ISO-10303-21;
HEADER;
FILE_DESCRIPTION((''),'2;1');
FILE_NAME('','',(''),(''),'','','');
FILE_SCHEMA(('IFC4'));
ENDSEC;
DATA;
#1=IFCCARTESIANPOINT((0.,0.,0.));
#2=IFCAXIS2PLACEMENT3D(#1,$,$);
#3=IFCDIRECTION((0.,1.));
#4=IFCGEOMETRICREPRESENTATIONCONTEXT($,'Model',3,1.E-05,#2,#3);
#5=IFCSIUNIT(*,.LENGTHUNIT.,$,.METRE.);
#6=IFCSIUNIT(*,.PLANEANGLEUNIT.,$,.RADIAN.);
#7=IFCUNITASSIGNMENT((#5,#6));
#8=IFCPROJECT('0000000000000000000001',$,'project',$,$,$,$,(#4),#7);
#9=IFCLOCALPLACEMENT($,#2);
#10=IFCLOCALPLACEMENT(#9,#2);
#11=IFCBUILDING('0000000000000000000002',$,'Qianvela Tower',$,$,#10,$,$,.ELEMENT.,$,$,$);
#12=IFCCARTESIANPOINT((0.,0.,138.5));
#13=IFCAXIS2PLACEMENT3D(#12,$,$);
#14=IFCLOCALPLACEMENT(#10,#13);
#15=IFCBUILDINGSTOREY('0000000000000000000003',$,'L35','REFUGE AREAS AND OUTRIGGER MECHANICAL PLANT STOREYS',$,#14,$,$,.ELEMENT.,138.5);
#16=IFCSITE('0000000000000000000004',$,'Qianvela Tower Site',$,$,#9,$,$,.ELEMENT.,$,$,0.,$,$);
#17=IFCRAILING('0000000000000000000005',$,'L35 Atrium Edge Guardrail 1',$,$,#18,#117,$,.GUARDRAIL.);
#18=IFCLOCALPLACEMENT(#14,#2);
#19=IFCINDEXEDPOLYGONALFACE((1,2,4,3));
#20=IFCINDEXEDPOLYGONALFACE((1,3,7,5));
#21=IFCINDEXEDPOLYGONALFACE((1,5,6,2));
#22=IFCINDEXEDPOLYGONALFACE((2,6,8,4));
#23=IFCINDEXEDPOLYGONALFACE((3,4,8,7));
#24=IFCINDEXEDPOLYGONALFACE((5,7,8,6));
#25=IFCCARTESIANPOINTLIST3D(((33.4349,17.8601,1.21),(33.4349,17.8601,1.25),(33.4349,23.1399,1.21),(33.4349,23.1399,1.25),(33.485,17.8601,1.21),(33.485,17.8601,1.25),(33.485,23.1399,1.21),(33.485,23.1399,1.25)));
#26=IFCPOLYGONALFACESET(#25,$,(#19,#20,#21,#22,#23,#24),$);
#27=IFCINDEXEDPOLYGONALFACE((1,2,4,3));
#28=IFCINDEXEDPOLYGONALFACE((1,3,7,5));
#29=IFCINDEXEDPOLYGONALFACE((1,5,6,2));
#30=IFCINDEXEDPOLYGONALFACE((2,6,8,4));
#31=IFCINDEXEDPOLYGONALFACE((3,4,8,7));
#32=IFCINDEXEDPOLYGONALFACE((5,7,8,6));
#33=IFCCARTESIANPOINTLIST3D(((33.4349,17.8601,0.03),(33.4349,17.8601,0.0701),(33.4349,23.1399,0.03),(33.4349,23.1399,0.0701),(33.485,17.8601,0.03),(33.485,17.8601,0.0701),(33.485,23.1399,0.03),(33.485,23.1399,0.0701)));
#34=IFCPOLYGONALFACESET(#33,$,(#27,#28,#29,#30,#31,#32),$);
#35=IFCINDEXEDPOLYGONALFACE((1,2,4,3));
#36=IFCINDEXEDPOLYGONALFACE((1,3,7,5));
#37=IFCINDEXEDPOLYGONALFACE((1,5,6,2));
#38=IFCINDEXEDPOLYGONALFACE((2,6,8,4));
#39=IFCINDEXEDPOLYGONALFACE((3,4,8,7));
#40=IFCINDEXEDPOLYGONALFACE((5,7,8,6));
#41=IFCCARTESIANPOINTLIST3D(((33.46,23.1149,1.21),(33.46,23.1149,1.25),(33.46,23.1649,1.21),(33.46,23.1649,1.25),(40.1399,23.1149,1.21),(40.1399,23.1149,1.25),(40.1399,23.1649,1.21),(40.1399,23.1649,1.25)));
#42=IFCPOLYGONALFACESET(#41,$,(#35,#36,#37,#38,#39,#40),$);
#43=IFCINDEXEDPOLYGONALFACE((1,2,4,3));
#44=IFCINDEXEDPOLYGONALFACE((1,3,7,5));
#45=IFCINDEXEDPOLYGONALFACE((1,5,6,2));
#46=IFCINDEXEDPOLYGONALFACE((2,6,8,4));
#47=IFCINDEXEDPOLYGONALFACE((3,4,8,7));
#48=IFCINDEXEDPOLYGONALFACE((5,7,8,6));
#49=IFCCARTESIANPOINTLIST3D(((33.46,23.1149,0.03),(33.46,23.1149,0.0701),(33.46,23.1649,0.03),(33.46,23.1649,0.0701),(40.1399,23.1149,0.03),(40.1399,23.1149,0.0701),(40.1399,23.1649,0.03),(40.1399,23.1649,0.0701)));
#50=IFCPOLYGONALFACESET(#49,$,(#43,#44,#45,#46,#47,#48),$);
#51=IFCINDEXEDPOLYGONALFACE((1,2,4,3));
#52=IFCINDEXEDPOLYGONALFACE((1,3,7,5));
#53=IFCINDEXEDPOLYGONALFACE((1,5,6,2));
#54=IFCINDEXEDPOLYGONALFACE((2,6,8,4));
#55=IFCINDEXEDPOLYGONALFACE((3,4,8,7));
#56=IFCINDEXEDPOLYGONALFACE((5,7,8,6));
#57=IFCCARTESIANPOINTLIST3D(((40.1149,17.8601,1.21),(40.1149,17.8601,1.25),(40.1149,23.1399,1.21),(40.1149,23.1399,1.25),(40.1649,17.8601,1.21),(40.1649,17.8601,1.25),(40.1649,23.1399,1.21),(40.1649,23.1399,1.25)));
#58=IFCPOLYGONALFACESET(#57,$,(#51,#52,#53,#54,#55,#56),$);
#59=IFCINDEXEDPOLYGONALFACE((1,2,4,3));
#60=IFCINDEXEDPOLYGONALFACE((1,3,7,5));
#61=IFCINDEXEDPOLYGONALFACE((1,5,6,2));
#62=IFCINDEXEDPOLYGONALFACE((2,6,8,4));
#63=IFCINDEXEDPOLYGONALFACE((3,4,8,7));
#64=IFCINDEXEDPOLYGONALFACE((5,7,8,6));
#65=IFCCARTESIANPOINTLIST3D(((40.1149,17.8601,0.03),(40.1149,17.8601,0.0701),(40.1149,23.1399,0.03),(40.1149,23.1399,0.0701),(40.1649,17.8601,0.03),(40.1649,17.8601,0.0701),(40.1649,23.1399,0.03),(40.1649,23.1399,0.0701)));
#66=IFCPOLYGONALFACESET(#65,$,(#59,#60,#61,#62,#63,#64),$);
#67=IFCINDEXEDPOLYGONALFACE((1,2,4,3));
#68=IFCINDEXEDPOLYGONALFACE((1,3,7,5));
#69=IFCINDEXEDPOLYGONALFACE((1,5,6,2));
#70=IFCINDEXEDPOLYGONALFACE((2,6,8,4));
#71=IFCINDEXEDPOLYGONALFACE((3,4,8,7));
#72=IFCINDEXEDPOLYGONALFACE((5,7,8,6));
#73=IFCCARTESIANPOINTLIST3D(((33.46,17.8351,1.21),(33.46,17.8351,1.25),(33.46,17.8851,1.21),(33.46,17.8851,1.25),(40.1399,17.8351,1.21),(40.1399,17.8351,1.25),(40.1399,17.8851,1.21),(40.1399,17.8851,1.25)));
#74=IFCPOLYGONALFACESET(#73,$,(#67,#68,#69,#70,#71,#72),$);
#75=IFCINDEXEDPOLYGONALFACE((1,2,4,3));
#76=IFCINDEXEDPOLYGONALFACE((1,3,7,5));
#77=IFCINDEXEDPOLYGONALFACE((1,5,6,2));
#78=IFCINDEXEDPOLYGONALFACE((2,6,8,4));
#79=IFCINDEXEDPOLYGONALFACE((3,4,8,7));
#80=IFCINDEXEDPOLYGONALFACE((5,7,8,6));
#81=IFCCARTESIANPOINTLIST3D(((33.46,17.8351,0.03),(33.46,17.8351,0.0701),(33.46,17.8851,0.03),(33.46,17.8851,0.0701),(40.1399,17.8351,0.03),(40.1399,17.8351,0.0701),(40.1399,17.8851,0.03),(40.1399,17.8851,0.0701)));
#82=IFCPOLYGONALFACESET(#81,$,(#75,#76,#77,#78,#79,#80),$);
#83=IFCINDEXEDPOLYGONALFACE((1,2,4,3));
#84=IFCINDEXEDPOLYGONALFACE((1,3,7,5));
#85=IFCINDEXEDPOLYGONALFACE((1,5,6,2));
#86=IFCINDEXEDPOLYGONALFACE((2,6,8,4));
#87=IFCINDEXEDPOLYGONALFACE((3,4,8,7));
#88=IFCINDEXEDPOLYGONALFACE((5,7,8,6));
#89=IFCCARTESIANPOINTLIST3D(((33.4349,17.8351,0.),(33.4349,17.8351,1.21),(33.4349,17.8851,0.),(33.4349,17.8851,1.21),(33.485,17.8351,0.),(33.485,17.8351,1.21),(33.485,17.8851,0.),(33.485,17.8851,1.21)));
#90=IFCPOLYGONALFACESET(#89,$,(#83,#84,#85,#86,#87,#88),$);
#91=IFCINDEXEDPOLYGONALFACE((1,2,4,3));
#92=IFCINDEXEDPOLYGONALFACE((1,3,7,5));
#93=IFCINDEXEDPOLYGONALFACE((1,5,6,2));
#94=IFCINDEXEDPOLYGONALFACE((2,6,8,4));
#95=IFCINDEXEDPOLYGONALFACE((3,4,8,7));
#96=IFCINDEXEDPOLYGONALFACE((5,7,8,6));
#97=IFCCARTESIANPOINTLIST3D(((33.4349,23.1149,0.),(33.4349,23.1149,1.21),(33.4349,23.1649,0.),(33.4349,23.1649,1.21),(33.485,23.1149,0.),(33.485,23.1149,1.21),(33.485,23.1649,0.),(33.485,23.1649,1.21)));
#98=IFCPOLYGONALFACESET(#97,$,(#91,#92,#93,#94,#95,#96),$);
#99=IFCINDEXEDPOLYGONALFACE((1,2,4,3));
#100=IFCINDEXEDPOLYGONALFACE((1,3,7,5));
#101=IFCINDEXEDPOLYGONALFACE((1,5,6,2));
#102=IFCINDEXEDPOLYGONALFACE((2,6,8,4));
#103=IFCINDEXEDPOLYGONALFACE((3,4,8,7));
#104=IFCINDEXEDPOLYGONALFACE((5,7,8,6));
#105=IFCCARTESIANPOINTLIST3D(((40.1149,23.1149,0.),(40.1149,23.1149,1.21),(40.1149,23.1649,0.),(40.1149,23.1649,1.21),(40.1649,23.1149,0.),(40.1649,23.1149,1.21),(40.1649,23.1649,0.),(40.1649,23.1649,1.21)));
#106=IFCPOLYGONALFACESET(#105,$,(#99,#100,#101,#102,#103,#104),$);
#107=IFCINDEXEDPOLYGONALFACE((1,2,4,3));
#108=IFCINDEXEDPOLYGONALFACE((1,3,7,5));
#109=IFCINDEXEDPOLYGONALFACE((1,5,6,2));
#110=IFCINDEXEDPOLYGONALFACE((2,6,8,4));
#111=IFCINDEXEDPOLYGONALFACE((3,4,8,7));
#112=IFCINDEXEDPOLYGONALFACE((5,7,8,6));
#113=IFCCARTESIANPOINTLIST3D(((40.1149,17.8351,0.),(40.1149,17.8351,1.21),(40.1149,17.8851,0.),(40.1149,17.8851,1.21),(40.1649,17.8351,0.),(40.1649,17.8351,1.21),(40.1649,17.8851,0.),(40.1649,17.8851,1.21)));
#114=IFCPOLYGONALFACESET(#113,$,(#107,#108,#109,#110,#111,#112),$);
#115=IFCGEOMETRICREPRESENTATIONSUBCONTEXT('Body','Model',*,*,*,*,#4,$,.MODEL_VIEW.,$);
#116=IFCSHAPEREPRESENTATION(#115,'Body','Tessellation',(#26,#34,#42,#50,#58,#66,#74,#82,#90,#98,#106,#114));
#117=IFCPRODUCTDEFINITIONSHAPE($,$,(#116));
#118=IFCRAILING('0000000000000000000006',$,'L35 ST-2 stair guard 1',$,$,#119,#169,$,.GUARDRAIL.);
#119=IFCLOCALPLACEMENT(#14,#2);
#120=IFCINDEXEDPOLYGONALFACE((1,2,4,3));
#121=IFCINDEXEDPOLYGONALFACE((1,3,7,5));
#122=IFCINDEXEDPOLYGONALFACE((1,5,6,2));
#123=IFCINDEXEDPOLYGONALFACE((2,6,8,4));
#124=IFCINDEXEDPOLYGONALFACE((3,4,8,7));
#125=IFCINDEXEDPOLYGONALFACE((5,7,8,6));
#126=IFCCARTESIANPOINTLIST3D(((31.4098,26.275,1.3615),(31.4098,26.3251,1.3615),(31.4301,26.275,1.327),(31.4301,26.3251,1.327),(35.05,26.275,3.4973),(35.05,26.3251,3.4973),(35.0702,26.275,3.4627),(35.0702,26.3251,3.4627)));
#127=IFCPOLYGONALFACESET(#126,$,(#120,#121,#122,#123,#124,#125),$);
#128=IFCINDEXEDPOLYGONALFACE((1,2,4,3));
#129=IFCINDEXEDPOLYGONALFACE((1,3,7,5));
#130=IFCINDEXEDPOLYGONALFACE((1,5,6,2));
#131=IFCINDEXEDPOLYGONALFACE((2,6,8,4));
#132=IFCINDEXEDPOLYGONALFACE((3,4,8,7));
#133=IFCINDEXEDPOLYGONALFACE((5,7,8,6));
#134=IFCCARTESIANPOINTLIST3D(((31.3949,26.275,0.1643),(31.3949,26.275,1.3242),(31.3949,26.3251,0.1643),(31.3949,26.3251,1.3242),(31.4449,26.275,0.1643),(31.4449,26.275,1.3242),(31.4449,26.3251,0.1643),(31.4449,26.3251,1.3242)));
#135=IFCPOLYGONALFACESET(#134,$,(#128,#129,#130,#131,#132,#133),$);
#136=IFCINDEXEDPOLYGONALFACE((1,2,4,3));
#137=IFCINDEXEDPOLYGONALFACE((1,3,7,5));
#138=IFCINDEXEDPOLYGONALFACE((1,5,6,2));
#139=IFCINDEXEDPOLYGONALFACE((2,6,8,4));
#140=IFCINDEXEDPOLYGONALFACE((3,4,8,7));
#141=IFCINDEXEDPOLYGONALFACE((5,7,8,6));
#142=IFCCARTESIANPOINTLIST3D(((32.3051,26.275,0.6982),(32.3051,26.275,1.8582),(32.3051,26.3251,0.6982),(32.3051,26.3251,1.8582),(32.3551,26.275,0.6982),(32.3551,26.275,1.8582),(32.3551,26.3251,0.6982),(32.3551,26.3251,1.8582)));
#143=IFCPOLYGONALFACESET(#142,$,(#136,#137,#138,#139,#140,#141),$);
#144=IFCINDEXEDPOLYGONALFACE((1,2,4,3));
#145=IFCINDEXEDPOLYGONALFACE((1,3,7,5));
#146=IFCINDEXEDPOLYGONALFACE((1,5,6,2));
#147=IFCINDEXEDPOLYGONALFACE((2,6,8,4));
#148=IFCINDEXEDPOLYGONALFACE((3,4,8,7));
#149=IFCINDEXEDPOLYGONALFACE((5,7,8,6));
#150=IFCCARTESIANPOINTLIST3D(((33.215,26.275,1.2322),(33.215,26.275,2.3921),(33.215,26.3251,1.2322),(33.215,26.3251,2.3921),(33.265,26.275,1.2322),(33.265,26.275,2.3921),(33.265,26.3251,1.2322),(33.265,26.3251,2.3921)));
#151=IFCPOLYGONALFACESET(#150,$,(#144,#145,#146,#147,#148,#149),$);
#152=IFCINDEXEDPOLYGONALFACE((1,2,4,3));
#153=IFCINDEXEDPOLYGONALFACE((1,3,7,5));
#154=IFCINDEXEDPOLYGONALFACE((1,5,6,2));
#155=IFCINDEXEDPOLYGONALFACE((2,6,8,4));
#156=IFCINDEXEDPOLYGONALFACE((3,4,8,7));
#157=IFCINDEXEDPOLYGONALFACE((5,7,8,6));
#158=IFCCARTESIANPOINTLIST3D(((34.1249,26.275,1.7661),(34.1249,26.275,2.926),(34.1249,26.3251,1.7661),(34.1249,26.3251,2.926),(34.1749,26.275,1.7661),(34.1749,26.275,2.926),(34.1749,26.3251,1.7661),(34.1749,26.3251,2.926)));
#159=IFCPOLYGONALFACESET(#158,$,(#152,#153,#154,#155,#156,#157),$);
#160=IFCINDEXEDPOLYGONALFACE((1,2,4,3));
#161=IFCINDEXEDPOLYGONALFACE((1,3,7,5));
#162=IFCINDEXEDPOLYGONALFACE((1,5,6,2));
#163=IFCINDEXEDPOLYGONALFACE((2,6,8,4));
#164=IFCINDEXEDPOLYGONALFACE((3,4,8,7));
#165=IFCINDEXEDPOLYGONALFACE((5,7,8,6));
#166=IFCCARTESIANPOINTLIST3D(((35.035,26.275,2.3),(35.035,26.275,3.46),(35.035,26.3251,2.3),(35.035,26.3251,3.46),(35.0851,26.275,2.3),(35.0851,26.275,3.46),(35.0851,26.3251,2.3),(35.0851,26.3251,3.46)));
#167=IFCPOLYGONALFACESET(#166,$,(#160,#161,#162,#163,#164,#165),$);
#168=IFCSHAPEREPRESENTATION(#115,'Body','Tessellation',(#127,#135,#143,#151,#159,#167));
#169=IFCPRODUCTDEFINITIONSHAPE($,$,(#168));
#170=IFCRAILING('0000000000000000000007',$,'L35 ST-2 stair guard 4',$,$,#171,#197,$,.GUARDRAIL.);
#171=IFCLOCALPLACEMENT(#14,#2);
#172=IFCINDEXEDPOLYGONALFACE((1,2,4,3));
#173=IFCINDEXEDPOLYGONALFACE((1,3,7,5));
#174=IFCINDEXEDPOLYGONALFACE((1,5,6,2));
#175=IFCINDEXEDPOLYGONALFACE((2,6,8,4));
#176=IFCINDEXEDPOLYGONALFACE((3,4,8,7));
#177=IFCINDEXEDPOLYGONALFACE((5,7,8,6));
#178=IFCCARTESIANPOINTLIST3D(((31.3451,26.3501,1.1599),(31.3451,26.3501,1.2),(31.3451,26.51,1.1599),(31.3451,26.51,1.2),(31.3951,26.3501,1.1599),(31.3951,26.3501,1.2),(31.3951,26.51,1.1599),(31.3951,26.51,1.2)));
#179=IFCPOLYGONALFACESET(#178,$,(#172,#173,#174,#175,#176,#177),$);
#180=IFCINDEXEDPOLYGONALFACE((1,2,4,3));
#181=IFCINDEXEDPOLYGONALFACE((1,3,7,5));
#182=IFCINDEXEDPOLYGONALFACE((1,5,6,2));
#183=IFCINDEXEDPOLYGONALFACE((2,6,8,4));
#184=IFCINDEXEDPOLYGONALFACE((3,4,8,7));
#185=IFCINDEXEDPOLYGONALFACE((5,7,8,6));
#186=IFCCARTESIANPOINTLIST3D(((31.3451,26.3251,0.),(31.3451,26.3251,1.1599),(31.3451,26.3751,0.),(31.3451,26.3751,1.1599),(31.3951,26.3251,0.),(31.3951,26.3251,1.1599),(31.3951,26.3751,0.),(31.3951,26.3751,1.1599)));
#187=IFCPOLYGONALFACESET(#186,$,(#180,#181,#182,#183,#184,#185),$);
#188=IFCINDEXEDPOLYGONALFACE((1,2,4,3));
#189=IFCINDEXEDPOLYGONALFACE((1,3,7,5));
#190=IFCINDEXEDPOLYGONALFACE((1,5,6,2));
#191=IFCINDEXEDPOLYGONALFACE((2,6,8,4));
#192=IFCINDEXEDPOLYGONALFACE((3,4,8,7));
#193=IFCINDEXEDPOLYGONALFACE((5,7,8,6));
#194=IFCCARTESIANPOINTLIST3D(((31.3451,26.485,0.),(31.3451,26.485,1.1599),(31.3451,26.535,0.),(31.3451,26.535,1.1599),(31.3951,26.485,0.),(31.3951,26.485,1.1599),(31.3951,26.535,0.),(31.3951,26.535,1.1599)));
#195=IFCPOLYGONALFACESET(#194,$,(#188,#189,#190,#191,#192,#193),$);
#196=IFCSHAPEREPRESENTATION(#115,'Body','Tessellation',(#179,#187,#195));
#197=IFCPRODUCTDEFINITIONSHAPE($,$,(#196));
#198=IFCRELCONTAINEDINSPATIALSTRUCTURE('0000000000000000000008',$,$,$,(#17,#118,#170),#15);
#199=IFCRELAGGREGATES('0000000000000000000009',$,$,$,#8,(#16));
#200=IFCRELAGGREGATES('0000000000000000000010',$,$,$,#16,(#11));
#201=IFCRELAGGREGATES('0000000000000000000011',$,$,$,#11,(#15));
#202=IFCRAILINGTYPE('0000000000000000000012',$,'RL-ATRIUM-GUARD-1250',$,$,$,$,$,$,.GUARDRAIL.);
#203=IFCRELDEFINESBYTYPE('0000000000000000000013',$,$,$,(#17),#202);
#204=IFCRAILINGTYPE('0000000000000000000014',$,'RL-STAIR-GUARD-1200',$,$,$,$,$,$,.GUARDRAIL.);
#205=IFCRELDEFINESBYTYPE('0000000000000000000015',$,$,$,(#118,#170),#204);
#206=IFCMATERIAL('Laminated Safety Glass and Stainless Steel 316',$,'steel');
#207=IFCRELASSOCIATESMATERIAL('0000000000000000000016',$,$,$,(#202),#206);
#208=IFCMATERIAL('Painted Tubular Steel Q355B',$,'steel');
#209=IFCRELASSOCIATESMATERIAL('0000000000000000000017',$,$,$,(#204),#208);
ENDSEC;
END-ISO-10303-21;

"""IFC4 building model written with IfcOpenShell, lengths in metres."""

from ifc_helpers import new_model, si_unit, direction, frame, origin, origin_2d, place, context, subcontext, project, spatial, rectangle, extrude, material, type_object, element, save


model = new_model("IFC4")

# Units and contexts
model_context = context("Model", 3, precision=1e-05, world=origin(), true_north=direction((0.0, 1.0)))
body_context = subcontext(model_context, "Body", "Model", "MODEL_VIEW")
ifc_project = project(units=[si_unit("LENGTHUNIT", "METRE"), si_unit("PLANEANGLEUNIT", "RADIAN")], contexts=[model_context])

# Site, building, storey
site_placement = place(None, origin())
site = spatial("IfcSite", under=ifc_project, at=site_placement, Name="Qianvela Tower Site", CompositionType="ELEMENT", RefElevation=0.0)
building_placement = place(site_placement, origin())
building = spatial("IfcBuilding", under=site, at=building_placement, Name="Qianvela Tower", CompositionType="ELEMENT")
storey_placement = place(building_placement, frame((0.0, 0.0, 138.5)))
storey = spatial("IfcBuildingStorey", under=building, at=storey_placement, Name="L35", Description="REFUGE AREAS AND OUTRIGGER MECHANICAL PLANT STOREYS", CompositionType="ELEMENT", Elevation=138.5)

# Railings
ifc_material_1 = material(Name="Laminated Safety Glass and Stainless Steel 316", Category="steel")
railing_type_1 = type_object("IfcRailingType", Name="RL-ATRIUM-GUARD-1250", PredefinedType="GUARDRAIL", material=ifc_material_1)
railing_1_placement = place(storey_placement, frame((33.46, 17.8601, 0.0)))
element("IfcRailing", 1, at=railing_1_placement, inside=storey, type_object=railing_type_1, Name="L35 Atrium Edge Guardrail 1", PredefinedType="GUARDRAIL", context=body_context, shape_type="SweptSolid", body=[
    extrude(rectangle(XDim=0.05, YDim=0.04, at=origin_2d()), frame((0.0, 0.0, 1.23), z_axis=(0.0, 1.0, 0.0), x_axis=(-1.0, 0.0, 0.0)), (0.0, 0.0, 1.0), 5.2798),
    extrude(rectangle(XDim=0.05, YDim=0.04, at=origin_2d()), frame((0.0, 0.0, 0.05), z_axis=(0.0, 1.0, 0.0), x_axis=(-1.0, 0.0, 0.0)), (0.0, 0.0, 1.0), 5.2798),
    extrude(rectangle(XDim=0.05, YDim=0.04, at=origin_2d()), frame((0.0, 5.2798, 1.23), z_axis=(1.0, 0.0, 0.0), x_axis=(0.0, 1.0, 0.0)), (0.0, 0.0, 1.0), 6.6799),
    extrude(rectangle(XDim=0.05, YDim=0.04, at=origin_2d()), frame((0.0, 5.2798, 0.05), z_axis=(1.0, 0.0, 0.0), x_axis=(0.0, 1.0, 0.0)), (0.0, 0.0, 1.0), 6.6799),
    extrude(rectangle(XDim=0.05, YDim=0.04, at=origin_2d()), frame((6.6799, 5.2798, 1.23), z_axis=(0.0, -1.0, 0.0), x_axis=(1.0, 0.0, 0.0)), (0.0, 0.0, 1.0), 5.2798),
    extrude(rectangle(XDim=0.05, YDim=0.04, at=origin_2d()), frame((6.6799, 5.2798, 0.05), z_axis=(0.0, -1.0, 0.0), x_axis=(1.0, 0.0, 0.0)), (0.0, 0.0, 1.0), 5.2798),
    extrude(rectangle(XDim=0.05, YDim=0.04, at=origin_2d()), frame((6.6799, 0.0, 1.23), z_axis=(-1.0, 0.0, 0.0), x_axis=(0.0, -1.0, 0.0)), (0.0, 0.0, 1.0), 6.6799),
    extrude(rectangle(XDim=0.05, YDim=0.04, at=origin_2d()), frame((6.6799, 0.0, 0.05), z_axis=(-1.0, 0.0, 0.0), x_axis=(0.0, -1.0, 0.0)), (0.0, 0.0, 1.0), 6.6799),
    extrude(rectangle(XDim=0.05, YDim=0.05, at=origin_2d()), origin(), (0.0, 0.0, 1.0), 1.21),
    extrude(rectangle(XDim=0.05, YDim=0.05, at=origin_2d()), frame((0.0, 5.2798, 0.0)), (0.0, 0.0, 1.0), 1.21),
    extrude(rectangle(XDim=0.05, YDim=0.05, at=origin_2d()), frame((6.6799, 5.2798, 0.0)), (0.0, 0.0, 1.0), 1.21),
    extrude(rectangle(XDim=0.05, YDim=0.05, at=origin_2d()), frame((6.6799, 0.0, 0.0)), (0.0, 0.0, 1.0), 1.21),
])
ifc_material_2 = material(Name="Painted Tubular Steel Q355B", Category="steel")
railing_type_2 = type_object("IfcRailingType", Name="RL-STAIR-GUARD-1200", PredefinedType="GUARDRAIL", material=ifc_material_2)
railing_2_placement = place(storey_placement, frame((31.4199, 26.3, 0.1643)))
element("IfcRailing", 2, at=railing_2_placement, inside=storey, type_object=railing_type_2, Name="L35 ST-2 stair guard 1", PredefinedType="GUARDRAIL", context=body_context, shape_type="SweptSolid", body=[
    extrude(rectangle(XDim=0.05, YDim=0.04, at=origin_2d()), frame((0.0, 0.0, 1.1799), z_axis=(0.862505, 0.0, 0.506049), x_axis=(0.0, 1.0, 0.0)), (0.0, 0.0, 1.0), 4.2205),
    extrude(rectangle(XDim=0.05, YDim=0.05, at=origin_2d()), origin(), (0.0, 0.0, 1.0), 1.1599),
    extrude(rectangle(XDim=0.05, YDim=0.05, at=origin_2d()), frame((0.9102, 0.0, 0.5339)), (0.0, 0.0, 1.0), 1.1599),
    extrude(rectangle(XDim=0.05, YDim=0.05, at=origin_2d()), frame((1.8201, 0.0, 1.0679)), (0.0, 0.0, 1.0), 1.1599),
    extrude(rectangle(XDim=0.05, YDim=0.05, at=origin_2d()), frame((2.73, 0.0, 1.6018)), (0.0, 0.0, 1.0), 1.1599),
    extrude(rectangle(XDim=0.05, YDim=0.05, at=origin_2d()), frame((3.6401, 0.0, 2.1357)), (0.0, 0.0, 1.0), 1.1599),
])
railing_3_placement = place(storey_placement, frame((31.3701, 26.3501, 0.0)))
element("IfcRailing", 3, at=railing_3_placement, inside=storey, type_object=railing_type_2, Name="L35 ST-2 stair guard 4", PredefinedType="GUARDRAIL", context=body_context, shape_type="SweptSolid", body=[
    extrude(rectangle(XDim=0.05, YDim=0.04, at=origin_2d()), frame((0.0, 0.0, 1.1799), z_axis=(0.0, 1.0, 0.0), x_axis=(-1.0, 0.0, 0.0)), (0.0, 0.0, 1.0), 0.1599),
    extrude(rectangle(XDim=0.05, YDim=0.05, at=origin_2d()), origin(), (0.0, 0.0, 1.0), 1.1599),
    extrude(rectangle(XDim=0.05, YDim=0.05, at=origin_2d()), frame((0.0, 0.1599, 0.0)), (0.0, 0.0, 1.0), 1.1599),
])

save(model, "model.ifc")
